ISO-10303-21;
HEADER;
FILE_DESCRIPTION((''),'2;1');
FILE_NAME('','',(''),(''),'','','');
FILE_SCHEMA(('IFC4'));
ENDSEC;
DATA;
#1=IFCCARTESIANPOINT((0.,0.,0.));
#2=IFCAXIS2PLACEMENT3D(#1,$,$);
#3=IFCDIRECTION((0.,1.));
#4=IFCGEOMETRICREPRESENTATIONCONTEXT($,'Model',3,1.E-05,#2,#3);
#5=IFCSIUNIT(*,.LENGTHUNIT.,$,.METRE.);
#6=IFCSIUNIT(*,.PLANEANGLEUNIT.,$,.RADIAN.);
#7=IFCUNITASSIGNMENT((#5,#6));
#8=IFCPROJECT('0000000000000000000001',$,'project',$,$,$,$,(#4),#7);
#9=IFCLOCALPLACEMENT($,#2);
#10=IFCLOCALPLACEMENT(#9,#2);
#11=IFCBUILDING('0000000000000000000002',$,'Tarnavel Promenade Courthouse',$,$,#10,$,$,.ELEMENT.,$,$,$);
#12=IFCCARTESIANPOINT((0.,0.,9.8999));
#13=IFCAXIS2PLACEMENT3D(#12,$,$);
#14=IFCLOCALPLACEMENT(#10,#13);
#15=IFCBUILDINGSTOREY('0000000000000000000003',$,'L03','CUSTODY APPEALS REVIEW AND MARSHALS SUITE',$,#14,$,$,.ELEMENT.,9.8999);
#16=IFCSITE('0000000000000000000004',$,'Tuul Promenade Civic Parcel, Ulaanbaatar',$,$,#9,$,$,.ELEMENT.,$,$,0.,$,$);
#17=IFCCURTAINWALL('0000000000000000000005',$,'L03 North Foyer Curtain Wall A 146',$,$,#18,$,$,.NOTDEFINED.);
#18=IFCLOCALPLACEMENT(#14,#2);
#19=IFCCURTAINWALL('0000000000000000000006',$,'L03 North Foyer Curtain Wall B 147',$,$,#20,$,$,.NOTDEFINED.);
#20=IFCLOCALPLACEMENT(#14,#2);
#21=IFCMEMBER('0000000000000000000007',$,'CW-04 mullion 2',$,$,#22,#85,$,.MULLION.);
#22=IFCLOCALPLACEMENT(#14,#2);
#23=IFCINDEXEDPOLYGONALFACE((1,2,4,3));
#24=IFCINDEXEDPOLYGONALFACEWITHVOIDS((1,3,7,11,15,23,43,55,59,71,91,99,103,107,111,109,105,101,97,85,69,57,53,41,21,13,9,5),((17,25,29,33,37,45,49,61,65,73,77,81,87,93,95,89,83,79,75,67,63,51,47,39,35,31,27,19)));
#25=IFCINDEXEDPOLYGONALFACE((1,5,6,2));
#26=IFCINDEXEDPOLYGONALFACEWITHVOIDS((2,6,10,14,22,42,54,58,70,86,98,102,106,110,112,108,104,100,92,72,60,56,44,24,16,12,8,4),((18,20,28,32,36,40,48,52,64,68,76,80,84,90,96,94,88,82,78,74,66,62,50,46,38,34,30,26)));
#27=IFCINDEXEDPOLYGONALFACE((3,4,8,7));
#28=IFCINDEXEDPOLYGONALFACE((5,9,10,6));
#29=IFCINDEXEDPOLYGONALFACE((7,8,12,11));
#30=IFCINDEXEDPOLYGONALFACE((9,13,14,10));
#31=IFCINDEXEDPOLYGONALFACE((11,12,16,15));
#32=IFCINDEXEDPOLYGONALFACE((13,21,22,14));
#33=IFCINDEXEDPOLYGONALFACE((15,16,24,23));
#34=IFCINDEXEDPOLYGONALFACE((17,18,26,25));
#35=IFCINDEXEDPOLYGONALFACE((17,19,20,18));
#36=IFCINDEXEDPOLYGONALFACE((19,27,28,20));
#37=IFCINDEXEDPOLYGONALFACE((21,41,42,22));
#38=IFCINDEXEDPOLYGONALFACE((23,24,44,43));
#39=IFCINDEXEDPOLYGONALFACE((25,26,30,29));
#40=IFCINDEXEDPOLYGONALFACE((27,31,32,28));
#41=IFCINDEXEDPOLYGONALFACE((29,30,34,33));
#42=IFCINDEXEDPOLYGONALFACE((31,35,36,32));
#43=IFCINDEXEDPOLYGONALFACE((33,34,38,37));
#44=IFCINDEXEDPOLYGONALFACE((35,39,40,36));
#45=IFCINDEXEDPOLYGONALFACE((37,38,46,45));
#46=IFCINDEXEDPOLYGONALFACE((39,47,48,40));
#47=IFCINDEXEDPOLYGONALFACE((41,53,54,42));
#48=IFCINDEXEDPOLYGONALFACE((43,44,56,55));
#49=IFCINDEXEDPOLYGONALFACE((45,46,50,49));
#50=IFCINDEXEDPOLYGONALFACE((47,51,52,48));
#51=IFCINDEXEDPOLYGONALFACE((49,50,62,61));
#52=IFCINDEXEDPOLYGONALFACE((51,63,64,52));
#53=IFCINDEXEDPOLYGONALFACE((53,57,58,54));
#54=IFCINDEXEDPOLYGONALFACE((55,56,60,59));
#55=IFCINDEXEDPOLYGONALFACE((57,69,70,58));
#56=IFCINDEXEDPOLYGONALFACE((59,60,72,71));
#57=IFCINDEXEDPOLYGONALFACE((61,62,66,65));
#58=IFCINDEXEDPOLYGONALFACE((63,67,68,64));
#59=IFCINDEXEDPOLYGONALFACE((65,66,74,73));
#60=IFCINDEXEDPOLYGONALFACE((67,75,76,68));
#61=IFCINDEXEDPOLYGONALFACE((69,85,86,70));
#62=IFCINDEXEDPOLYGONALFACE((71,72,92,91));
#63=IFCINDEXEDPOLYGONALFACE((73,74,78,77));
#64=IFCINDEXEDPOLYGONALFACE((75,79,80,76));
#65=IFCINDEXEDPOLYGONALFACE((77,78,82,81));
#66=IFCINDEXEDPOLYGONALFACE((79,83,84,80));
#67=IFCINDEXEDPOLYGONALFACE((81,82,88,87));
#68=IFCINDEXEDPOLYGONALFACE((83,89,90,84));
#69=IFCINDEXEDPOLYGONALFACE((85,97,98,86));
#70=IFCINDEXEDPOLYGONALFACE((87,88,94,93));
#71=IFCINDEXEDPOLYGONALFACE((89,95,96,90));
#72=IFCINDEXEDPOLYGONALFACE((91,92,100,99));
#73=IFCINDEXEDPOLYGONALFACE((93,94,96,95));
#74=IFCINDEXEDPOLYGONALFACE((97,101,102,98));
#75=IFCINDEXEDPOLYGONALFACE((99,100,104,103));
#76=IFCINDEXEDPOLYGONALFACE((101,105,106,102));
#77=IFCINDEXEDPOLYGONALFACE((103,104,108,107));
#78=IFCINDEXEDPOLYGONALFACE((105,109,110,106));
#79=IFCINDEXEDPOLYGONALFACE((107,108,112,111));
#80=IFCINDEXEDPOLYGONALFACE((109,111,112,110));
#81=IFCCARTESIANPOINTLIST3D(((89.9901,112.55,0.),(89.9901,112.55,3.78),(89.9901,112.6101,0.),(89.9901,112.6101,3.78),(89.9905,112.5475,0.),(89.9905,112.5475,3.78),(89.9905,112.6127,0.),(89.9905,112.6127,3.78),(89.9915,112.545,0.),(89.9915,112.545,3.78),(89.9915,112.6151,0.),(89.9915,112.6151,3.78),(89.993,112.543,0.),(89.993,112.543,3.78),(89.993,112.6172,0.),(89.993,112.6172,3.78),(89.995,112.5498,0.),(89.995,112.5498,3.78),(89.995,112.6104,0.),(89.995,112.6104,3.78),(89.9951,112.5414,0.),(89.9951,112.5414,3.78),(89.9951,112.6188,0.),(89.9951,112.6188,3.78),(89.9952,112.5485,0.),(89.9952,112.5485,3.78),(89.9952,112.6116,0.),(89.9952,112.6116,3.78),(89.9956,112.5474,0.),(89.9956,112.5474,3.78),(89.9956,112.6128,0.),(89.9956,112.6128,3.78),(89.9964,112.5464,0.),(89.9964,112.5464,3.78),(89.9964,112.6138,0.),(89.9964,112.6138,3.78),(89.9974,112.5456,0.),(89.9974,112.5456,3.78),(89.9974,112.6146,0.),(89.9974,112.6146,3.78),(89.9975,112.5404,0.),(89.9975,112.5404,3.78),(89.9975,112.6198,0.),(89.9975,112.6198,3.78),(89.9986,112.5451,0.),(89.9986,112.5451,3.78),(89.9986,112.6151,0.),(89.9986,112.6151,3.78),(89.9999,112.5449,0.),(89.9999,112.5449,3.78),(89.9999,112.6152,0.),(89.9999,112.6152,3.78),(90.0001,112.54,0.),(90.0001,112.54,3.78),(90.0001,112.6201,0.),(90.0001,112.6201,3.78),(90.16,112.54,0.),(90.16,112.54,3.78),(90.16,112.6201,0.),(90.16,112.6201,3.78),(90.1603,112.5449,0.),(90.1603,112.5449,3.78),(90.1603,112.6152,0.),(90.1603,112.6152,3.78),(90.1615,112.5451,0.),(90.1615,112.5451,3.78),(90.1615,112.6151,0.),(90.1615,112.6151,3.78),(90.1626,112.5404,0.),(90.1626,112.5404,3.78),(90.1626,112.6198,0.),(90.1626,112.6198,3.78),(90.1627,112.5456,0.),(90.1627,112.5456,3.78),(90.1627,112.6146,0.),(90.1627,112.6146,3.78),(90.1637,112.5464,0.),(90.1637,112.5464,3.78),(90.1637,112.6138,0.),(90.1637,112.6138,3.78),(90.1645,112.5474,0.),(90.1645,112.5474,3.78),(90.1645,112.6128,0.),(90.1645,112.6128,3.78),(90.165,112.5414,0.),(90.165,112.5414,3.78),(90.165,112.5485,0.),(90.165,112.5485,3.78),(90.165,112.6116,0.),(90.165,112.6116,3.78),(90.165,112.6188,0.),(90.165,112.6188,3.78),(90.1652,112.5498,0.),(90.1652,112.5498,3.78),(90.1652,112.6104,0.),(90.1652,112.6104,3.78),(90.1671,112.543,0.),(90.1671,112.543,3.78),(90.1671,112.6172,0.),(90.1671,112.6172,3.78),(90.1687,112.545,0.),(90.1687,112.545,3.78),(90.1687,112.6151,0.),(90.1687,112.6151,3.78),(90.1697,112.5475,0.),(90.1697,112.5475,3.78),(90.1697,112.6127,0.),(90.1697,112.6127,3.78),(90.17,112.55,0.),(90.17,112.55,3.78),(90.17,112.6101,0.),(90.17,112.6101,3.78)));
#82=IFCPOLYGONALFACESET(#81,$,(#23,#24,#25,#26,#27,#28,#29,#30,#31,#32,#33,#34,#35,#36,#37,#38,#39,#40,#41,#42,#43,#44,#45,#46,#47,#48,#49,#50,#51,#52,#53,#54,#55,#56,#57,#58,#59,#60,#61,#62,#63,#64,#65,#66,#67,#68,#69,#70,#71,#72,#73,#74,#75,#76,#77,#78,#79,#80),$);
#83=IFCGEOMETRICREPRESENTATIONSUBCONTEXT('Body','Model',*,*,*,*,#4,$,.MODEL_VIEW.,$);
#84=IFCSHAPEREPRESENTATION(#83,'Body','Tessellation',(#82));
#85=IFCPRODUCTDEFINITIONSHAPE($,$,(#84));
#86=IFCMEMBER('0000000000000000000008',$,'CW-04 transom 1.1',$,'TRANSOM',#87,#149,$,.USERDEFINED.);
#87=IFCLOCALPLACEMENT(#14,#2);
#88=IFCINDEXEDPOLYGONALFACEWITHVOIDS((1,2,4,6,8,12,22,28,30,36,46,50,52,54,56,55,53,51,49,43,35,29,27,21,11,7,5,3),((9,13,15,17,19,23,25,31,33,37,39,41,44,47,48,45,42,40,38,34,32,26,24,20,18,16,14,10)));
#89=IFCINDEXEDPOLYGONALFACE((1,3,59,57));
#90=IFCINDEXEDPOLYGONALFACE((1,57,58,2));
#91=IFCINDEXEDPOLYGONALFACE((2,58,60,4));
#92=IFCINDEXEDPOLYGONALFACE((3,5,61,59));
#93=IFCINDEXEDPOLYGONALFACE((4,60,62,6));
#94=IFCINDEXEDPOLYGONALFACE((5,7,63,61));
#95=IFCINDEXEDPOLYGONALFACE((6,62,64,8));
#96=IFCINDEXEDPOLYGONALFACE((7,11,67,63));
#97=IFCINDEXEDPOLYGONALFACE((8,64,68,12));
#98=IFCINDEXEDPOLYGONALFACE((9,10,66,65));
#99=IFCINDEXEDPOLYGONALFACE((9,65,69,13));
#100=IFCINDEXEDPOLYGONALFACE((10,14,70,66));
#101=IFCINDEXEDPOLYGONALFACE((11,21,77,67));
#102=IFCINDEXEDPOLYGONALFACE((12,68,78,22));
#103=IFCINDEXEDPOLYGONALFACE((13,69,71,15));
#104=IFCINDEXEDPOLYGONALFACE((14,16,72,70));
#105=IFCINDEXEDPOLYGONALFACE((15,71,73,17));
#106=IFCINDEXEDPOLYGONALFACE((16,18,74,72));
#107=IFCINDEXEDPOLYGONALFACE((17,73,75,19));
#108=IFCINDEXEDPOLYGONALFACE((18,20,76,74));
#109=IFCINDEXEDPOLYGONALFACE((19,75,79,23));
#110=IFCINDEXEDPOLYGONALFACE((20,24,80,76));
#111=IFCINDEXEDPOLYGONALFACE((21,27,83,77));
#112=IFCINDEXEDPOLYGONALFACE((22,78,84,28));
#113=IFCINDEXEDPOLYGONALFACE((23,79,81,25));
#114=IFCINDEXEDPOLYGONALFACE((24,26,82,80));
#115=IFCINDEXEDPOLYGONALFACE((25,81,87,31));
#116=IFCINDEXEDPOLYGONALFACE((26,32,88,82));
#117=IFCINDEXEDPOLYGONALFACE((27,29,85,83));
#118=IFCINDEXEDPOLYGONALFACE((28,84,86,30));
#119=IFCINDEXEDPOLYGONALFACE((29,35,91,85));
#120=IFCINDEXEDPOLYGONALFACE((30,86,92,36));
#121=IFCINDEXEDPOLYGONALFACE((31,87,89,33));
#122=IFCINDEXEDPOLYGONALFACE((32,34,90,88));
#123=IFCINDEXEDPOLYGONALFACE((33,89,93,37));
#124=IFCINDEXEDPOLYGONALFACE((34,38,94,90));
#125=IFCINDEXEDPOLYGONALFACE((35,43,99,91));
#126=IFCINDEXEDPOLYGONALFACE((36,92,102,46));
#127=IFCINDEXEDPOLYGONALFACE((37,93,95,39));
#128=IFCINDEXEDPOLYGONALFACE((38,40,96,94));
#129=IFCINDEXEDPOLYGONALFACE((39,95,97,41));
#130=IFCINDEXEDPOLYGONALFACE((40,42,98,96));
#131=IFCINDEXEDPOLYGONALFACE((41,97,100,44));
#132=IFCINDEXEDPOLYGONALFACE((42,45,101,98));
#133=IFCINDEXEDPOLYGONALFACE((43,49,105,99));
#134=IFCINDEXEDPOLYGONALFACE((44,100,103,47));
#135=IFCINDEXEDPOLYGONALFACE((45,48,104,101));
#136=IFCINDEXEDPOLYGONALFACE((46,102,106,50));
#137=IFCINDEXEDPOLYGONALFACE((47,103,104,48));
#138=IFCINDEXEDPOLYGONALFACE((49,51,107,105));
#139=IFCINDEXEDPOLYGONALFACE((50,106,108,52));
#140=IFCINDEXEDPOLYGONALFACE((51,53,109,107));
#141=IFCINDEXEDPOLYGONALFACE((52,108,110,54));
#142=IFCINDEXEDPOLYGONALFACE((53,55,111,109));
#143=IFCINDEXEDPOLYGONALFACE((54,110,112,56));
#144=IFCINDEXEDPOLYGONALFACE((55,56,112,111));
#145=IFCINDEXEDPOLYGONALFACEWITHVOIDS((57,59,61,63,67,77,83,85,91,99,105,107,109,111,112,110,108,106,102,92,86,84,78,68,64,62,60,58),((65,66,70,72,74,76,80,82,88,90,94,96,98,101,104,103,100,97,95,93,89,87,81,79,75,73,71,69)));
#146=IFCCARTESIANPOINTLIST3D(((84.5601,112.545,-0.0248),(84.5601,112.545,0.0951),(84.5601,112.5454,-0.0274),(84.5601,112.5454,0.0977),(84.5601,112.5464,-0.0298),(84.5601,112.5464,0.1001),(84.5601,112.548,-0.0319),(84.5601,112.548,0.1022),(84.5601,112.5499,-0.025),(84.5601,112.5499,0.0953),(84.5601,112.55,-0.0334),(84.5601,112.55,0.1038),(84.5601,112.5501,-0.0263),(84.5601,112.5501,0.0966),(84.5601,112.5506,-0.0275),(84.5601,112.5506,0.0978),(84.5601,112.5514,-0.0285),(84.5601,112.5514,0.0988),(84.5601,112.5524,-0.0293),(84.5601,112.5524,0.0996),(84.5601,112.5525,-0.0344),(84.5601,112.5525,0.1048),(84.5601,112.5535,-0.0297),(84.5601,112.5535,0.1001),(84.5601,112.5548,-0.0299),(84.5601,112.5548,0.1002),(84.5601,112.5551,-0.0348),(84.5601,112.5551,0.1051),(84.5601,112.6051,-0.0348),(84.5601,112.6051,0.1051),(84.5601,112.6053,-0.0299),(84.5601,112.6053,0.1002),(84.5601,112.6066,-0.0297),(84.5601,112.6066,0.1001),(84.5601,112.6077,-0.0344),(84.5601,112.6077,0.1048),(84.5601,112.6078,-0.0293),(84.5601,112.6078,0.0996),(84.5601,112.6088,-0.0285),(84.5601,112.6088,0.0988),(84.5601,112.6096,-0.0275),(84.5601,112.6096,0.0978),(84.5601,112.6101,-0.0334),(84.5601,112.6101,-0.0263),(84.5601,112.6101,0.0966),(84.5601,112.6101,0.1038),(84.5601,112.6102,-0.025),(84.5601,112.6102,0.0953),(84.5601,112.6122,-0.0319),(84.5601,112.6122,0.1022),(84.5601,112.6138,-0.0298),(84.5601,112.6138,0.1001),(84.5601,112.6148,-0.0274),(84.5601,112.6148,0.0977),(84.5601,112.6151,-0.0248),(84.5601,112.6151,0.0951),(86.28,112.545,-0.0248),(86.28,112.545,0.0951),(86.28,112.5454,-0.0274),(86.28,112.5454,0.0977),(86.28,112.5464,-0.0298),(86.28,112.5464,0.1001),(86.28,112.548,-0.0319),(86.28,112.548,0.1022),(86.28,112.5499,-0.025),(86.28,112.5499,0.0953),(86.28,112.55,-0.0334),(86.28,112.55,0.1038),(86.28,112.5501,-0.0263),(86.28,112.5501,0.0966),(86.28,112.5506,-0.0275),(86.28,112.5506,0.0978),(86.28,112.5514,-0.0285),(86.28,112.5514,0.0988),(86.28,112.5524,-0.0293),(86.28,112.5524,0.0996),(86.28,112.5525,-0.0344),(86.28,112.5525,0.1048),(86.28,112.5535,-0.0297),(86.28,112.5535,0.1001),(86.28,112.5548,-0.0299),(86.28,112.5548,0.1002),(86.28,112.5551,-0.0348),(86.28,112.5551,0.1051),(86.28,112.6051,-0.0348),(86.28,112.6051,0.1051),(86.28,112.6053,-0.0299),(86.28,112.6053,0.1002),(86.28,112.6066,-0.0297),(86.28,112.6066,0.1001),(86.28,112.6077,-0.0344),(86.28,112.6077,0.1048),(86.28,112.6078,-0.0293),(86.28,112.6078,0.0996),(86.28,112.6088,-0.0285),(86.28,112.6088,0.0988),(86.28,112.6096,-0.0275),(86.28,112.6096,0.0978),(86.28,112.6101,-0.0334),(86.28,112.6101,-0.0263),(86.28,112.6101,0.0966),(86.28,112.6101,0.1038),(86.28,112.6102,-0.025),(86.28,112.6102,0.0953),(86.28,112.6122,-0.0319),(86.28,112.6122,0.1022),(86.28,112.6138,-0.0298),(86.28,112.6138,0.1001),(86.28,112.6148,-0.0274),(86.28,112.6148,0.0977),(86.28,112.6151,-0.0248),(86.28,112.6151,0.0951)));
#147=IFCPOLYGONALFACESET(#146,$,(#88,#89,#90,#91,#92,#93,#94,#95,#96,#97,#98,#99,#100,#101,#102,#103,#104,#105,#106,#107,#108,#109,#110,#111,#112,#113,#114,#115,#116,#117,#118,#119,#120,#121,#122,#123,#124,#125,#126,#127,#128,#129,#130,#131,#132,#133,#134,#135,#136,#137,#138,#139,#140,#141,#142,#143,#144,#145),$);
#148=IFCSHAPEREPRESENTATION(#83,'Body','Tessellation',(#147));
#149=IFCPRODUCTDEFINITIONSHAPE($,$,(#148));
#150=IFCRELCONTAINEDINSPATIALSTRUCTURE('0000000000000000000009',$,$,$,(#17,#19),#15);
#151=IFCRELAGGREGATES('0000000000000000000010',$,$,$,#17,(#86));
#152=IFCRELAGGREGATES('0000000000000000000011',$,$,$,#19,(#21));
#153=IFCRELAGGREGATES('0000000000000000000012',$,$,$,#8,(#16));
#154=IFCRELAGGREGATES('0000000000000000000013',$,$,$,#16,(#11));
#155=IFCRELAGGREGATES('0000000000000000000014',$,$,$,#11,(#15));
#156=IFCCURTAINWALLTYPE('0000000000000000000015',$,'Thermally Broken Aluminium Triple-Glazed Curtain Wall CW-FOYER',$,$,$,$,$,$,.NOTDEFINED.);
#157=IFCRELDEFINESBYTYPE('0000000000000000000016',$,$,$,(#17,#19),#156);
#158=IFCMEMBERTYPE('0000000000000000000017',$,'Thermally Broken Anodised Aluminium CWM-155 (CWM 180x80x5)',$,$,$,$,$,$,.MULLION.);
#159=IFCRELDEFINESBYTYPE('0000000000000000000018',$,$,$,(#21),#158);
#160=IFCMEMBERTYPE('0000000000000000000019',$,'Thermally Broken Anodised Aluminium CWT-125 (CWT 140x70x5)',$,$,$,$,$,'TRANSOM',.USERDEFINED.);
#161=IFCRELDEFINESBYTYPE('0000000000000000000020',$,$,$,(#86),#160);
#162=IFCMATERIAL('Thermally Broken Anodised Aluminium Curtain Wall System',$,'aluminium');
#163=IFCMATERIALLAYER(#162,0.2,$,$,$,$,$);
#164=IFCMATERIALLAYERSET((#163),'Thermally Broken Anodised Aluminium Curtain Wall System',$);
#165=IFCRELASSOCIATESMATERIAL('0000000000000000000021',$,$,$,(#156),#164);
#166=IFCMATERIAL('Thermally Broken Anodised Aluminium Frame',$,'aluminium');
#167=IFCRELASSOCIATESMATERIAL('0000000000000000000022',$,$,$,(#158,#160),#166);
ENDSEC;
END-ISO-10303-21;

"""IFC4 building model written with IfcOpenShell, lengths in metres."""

from ifc_helpers import new_model, si_unit, direction, frame, origin, origin_2d, place, context, subcontext, project, spatial, hollow_rectangle, extrude, material, layer, layer_set, material_profile, profile_set, type_object, element, aggregate, save


model = new_model("IFC4")

# Units and contexts
model_context = context("Model", 3, precision=1e-05, world=origin(), true_north=direction((0.0, 1.0)))
body_context = subcontext(model_context, "Body", "Model", "MODEL_VIEW")
ifc_project = project(units=[si_unit("LENGTHUNIT", "METRE"), si_unit("PLANEANGLEUNIT", "RADIAN")], contexts=[model_context])

# Site, building, storey
site_placement = place(None, origin())
site = spatial("IfcSite", under=ifc_project, at=site_placement, Name="Tuul Promenade Civic Parcel, Ulaanbaatar", CompositionType="ELEMENT", RefElevation=0.0)
building_placement = place(site_placement, origin())
building = spatial("IfcBuilding", under=site, at=building_placement, Name="Tarnavel Promenade Courthouse", CompositionType="ELEMENT")
storey_placement = place(building_placement, frame((0.0, 0.0, 9.8999)))
storey = spatial("IfcBuildingStorey", under=building, at=storey_placement, Name="L03", Description="CUSTODY APPEALS REVIEW AND MARSHALS SUITE", CompositionType="ELEMENT", Elevation=9.8999)

# Curtain walls, member
ifc_material_1 = material(Name="Thermally Broken Anodised Aluminium Curtain Wall System", Category="aluminium")
ifc_layer_1 = layer(ifc_material_1, 0.2)
ifc_layer_set_1 = layer_set([ifc_layer_1], Name="Thermally Broken Anodised Aluminium Curtain Wall System")
curtain_wall_type = type_object("IfcCurtainWallType", Name="Thermally Broken Aluminium Triple-Glazed Curtain Wall CW-FOYER", PredefinedType="NOTDEFINED", material=ifc_layer_set_1)
curtain_wall_1_placement = place(storey_placement, origin())
curtain_wall_1 = element("IfcCurtainWall", 1, at=curtain_wall_1_placement, inside=storey, type_object=curtain_wall_type, Name="L03 North Foyer Curtain Wall A 146", PredefinedType="NOTDEFINED")
ifc_material_2 = material(Name="Thermally Broken Anodised Aluminium Frame", Category="aluminium")
ifc_material_profile_1 = material_profile(ifc_material_2, hollow_rectangle(XDim=0.0801, YDim=0.1799, WallThickness=0.0049, InnerFilletRadius=0.0049, OuterFilletRadius=0.01, at=origin_2d()), Name="CWM 180x80x5")
ifc_profile_set_1 = profile_set([ifc_material_profile_1], Name="Thermally Broken Anodised Aluminium Frame")
member_type_1 = type_object("IfcMemberType", Name="Thermally Broken Anodised Aluminium CWM-155 (CWM 180x80x5)", PredefinedType="MULLION", material=ifc_profile_set_1)
curtain_wall_2_placement = place(storey_placement, origin())
curtain_wall_2 = element("IfcCurtainWall", 2, at=curtain_wall_2_placement, inside=storey, type_object=curtain_wall_type, Name="L03 North Foyer Curtain Wall B 147", PredefinedType="NOTDEFINED")
member_1_placement = place(storey_placement, frame((90.0801, 112.5801, 0.0), z_axis=(0.0, 0.0, 1.0), x_axis=(0.0, 1.0, 0.0)))
member_1 = element("IfcMember", 3, at=member_1_placement, type_object=member_type_1, Name="CW-04 mullion 2", PredefinedType="MULLION", context=body_context, shape_type="SweptSolid", body=[
    extrude(hollow_rectangle(XDim=0.0801, YDim=0.1799, WallThickness=0.0049, InnerFilletRadius=0.0049, OuterFilletRadius=0.01, at=origin_2d()), origin(), (0.0, 0.0, 1.0), 3.78),
])

# Member
ifc_material_profile_2 = material_profile(ifc_material_2, hollow_rectangle(XDim=0.0701, YDim=0.1399, WallThickness=0.0049, InnerFilletRadius=0.0049, OuterFilletRadius=0.01, at=origin_2d()), Name="CWT 140x70x5")
ifc_profile_set_2 = profile_set([ifc_material_profile_2], Name="Thermally Broken Anodised Aluminium Frame")
member_type_2 = type_object("IfcMemberType", Name="Thermally Broken Anodised Aluminium CWT-125 (CWT 140x70x5)", ElementType="TRANSOM", PredefinedType="USERDEFINED", material=ifc_profile_set_2)
member_2_placement = place(storey_placement, frame((84.5601, 112.5801, 0.0352), z_axis=(1.0, 0.0, 0.0), x_axis=(0.0, 1.0, 0.0)))
member_2 = element("IfcMember", 4, at=member_2_placement, type_object=member_type_2, Name="CW-04 transom 1.1", ObjectType="TRANSOM", PredefinedType="USERDEFINED", context=body_context, shape_type="SweptSolid", body=[
    extrude(hollow_rectangle(XDim=0.0701, YDim=0.1399, WallThickness=0.0049, InnerFilletRadius=0.0049, OuterFilletRadius=0.01, at=origin_2d()), origin(), (0.0, 0.0, 1.0), 1.72),
])

aggregate(curtain_wall_1, [member_2])
aggregate(curtain_wall_2, [member_1])

save(model, "model.ifc")
